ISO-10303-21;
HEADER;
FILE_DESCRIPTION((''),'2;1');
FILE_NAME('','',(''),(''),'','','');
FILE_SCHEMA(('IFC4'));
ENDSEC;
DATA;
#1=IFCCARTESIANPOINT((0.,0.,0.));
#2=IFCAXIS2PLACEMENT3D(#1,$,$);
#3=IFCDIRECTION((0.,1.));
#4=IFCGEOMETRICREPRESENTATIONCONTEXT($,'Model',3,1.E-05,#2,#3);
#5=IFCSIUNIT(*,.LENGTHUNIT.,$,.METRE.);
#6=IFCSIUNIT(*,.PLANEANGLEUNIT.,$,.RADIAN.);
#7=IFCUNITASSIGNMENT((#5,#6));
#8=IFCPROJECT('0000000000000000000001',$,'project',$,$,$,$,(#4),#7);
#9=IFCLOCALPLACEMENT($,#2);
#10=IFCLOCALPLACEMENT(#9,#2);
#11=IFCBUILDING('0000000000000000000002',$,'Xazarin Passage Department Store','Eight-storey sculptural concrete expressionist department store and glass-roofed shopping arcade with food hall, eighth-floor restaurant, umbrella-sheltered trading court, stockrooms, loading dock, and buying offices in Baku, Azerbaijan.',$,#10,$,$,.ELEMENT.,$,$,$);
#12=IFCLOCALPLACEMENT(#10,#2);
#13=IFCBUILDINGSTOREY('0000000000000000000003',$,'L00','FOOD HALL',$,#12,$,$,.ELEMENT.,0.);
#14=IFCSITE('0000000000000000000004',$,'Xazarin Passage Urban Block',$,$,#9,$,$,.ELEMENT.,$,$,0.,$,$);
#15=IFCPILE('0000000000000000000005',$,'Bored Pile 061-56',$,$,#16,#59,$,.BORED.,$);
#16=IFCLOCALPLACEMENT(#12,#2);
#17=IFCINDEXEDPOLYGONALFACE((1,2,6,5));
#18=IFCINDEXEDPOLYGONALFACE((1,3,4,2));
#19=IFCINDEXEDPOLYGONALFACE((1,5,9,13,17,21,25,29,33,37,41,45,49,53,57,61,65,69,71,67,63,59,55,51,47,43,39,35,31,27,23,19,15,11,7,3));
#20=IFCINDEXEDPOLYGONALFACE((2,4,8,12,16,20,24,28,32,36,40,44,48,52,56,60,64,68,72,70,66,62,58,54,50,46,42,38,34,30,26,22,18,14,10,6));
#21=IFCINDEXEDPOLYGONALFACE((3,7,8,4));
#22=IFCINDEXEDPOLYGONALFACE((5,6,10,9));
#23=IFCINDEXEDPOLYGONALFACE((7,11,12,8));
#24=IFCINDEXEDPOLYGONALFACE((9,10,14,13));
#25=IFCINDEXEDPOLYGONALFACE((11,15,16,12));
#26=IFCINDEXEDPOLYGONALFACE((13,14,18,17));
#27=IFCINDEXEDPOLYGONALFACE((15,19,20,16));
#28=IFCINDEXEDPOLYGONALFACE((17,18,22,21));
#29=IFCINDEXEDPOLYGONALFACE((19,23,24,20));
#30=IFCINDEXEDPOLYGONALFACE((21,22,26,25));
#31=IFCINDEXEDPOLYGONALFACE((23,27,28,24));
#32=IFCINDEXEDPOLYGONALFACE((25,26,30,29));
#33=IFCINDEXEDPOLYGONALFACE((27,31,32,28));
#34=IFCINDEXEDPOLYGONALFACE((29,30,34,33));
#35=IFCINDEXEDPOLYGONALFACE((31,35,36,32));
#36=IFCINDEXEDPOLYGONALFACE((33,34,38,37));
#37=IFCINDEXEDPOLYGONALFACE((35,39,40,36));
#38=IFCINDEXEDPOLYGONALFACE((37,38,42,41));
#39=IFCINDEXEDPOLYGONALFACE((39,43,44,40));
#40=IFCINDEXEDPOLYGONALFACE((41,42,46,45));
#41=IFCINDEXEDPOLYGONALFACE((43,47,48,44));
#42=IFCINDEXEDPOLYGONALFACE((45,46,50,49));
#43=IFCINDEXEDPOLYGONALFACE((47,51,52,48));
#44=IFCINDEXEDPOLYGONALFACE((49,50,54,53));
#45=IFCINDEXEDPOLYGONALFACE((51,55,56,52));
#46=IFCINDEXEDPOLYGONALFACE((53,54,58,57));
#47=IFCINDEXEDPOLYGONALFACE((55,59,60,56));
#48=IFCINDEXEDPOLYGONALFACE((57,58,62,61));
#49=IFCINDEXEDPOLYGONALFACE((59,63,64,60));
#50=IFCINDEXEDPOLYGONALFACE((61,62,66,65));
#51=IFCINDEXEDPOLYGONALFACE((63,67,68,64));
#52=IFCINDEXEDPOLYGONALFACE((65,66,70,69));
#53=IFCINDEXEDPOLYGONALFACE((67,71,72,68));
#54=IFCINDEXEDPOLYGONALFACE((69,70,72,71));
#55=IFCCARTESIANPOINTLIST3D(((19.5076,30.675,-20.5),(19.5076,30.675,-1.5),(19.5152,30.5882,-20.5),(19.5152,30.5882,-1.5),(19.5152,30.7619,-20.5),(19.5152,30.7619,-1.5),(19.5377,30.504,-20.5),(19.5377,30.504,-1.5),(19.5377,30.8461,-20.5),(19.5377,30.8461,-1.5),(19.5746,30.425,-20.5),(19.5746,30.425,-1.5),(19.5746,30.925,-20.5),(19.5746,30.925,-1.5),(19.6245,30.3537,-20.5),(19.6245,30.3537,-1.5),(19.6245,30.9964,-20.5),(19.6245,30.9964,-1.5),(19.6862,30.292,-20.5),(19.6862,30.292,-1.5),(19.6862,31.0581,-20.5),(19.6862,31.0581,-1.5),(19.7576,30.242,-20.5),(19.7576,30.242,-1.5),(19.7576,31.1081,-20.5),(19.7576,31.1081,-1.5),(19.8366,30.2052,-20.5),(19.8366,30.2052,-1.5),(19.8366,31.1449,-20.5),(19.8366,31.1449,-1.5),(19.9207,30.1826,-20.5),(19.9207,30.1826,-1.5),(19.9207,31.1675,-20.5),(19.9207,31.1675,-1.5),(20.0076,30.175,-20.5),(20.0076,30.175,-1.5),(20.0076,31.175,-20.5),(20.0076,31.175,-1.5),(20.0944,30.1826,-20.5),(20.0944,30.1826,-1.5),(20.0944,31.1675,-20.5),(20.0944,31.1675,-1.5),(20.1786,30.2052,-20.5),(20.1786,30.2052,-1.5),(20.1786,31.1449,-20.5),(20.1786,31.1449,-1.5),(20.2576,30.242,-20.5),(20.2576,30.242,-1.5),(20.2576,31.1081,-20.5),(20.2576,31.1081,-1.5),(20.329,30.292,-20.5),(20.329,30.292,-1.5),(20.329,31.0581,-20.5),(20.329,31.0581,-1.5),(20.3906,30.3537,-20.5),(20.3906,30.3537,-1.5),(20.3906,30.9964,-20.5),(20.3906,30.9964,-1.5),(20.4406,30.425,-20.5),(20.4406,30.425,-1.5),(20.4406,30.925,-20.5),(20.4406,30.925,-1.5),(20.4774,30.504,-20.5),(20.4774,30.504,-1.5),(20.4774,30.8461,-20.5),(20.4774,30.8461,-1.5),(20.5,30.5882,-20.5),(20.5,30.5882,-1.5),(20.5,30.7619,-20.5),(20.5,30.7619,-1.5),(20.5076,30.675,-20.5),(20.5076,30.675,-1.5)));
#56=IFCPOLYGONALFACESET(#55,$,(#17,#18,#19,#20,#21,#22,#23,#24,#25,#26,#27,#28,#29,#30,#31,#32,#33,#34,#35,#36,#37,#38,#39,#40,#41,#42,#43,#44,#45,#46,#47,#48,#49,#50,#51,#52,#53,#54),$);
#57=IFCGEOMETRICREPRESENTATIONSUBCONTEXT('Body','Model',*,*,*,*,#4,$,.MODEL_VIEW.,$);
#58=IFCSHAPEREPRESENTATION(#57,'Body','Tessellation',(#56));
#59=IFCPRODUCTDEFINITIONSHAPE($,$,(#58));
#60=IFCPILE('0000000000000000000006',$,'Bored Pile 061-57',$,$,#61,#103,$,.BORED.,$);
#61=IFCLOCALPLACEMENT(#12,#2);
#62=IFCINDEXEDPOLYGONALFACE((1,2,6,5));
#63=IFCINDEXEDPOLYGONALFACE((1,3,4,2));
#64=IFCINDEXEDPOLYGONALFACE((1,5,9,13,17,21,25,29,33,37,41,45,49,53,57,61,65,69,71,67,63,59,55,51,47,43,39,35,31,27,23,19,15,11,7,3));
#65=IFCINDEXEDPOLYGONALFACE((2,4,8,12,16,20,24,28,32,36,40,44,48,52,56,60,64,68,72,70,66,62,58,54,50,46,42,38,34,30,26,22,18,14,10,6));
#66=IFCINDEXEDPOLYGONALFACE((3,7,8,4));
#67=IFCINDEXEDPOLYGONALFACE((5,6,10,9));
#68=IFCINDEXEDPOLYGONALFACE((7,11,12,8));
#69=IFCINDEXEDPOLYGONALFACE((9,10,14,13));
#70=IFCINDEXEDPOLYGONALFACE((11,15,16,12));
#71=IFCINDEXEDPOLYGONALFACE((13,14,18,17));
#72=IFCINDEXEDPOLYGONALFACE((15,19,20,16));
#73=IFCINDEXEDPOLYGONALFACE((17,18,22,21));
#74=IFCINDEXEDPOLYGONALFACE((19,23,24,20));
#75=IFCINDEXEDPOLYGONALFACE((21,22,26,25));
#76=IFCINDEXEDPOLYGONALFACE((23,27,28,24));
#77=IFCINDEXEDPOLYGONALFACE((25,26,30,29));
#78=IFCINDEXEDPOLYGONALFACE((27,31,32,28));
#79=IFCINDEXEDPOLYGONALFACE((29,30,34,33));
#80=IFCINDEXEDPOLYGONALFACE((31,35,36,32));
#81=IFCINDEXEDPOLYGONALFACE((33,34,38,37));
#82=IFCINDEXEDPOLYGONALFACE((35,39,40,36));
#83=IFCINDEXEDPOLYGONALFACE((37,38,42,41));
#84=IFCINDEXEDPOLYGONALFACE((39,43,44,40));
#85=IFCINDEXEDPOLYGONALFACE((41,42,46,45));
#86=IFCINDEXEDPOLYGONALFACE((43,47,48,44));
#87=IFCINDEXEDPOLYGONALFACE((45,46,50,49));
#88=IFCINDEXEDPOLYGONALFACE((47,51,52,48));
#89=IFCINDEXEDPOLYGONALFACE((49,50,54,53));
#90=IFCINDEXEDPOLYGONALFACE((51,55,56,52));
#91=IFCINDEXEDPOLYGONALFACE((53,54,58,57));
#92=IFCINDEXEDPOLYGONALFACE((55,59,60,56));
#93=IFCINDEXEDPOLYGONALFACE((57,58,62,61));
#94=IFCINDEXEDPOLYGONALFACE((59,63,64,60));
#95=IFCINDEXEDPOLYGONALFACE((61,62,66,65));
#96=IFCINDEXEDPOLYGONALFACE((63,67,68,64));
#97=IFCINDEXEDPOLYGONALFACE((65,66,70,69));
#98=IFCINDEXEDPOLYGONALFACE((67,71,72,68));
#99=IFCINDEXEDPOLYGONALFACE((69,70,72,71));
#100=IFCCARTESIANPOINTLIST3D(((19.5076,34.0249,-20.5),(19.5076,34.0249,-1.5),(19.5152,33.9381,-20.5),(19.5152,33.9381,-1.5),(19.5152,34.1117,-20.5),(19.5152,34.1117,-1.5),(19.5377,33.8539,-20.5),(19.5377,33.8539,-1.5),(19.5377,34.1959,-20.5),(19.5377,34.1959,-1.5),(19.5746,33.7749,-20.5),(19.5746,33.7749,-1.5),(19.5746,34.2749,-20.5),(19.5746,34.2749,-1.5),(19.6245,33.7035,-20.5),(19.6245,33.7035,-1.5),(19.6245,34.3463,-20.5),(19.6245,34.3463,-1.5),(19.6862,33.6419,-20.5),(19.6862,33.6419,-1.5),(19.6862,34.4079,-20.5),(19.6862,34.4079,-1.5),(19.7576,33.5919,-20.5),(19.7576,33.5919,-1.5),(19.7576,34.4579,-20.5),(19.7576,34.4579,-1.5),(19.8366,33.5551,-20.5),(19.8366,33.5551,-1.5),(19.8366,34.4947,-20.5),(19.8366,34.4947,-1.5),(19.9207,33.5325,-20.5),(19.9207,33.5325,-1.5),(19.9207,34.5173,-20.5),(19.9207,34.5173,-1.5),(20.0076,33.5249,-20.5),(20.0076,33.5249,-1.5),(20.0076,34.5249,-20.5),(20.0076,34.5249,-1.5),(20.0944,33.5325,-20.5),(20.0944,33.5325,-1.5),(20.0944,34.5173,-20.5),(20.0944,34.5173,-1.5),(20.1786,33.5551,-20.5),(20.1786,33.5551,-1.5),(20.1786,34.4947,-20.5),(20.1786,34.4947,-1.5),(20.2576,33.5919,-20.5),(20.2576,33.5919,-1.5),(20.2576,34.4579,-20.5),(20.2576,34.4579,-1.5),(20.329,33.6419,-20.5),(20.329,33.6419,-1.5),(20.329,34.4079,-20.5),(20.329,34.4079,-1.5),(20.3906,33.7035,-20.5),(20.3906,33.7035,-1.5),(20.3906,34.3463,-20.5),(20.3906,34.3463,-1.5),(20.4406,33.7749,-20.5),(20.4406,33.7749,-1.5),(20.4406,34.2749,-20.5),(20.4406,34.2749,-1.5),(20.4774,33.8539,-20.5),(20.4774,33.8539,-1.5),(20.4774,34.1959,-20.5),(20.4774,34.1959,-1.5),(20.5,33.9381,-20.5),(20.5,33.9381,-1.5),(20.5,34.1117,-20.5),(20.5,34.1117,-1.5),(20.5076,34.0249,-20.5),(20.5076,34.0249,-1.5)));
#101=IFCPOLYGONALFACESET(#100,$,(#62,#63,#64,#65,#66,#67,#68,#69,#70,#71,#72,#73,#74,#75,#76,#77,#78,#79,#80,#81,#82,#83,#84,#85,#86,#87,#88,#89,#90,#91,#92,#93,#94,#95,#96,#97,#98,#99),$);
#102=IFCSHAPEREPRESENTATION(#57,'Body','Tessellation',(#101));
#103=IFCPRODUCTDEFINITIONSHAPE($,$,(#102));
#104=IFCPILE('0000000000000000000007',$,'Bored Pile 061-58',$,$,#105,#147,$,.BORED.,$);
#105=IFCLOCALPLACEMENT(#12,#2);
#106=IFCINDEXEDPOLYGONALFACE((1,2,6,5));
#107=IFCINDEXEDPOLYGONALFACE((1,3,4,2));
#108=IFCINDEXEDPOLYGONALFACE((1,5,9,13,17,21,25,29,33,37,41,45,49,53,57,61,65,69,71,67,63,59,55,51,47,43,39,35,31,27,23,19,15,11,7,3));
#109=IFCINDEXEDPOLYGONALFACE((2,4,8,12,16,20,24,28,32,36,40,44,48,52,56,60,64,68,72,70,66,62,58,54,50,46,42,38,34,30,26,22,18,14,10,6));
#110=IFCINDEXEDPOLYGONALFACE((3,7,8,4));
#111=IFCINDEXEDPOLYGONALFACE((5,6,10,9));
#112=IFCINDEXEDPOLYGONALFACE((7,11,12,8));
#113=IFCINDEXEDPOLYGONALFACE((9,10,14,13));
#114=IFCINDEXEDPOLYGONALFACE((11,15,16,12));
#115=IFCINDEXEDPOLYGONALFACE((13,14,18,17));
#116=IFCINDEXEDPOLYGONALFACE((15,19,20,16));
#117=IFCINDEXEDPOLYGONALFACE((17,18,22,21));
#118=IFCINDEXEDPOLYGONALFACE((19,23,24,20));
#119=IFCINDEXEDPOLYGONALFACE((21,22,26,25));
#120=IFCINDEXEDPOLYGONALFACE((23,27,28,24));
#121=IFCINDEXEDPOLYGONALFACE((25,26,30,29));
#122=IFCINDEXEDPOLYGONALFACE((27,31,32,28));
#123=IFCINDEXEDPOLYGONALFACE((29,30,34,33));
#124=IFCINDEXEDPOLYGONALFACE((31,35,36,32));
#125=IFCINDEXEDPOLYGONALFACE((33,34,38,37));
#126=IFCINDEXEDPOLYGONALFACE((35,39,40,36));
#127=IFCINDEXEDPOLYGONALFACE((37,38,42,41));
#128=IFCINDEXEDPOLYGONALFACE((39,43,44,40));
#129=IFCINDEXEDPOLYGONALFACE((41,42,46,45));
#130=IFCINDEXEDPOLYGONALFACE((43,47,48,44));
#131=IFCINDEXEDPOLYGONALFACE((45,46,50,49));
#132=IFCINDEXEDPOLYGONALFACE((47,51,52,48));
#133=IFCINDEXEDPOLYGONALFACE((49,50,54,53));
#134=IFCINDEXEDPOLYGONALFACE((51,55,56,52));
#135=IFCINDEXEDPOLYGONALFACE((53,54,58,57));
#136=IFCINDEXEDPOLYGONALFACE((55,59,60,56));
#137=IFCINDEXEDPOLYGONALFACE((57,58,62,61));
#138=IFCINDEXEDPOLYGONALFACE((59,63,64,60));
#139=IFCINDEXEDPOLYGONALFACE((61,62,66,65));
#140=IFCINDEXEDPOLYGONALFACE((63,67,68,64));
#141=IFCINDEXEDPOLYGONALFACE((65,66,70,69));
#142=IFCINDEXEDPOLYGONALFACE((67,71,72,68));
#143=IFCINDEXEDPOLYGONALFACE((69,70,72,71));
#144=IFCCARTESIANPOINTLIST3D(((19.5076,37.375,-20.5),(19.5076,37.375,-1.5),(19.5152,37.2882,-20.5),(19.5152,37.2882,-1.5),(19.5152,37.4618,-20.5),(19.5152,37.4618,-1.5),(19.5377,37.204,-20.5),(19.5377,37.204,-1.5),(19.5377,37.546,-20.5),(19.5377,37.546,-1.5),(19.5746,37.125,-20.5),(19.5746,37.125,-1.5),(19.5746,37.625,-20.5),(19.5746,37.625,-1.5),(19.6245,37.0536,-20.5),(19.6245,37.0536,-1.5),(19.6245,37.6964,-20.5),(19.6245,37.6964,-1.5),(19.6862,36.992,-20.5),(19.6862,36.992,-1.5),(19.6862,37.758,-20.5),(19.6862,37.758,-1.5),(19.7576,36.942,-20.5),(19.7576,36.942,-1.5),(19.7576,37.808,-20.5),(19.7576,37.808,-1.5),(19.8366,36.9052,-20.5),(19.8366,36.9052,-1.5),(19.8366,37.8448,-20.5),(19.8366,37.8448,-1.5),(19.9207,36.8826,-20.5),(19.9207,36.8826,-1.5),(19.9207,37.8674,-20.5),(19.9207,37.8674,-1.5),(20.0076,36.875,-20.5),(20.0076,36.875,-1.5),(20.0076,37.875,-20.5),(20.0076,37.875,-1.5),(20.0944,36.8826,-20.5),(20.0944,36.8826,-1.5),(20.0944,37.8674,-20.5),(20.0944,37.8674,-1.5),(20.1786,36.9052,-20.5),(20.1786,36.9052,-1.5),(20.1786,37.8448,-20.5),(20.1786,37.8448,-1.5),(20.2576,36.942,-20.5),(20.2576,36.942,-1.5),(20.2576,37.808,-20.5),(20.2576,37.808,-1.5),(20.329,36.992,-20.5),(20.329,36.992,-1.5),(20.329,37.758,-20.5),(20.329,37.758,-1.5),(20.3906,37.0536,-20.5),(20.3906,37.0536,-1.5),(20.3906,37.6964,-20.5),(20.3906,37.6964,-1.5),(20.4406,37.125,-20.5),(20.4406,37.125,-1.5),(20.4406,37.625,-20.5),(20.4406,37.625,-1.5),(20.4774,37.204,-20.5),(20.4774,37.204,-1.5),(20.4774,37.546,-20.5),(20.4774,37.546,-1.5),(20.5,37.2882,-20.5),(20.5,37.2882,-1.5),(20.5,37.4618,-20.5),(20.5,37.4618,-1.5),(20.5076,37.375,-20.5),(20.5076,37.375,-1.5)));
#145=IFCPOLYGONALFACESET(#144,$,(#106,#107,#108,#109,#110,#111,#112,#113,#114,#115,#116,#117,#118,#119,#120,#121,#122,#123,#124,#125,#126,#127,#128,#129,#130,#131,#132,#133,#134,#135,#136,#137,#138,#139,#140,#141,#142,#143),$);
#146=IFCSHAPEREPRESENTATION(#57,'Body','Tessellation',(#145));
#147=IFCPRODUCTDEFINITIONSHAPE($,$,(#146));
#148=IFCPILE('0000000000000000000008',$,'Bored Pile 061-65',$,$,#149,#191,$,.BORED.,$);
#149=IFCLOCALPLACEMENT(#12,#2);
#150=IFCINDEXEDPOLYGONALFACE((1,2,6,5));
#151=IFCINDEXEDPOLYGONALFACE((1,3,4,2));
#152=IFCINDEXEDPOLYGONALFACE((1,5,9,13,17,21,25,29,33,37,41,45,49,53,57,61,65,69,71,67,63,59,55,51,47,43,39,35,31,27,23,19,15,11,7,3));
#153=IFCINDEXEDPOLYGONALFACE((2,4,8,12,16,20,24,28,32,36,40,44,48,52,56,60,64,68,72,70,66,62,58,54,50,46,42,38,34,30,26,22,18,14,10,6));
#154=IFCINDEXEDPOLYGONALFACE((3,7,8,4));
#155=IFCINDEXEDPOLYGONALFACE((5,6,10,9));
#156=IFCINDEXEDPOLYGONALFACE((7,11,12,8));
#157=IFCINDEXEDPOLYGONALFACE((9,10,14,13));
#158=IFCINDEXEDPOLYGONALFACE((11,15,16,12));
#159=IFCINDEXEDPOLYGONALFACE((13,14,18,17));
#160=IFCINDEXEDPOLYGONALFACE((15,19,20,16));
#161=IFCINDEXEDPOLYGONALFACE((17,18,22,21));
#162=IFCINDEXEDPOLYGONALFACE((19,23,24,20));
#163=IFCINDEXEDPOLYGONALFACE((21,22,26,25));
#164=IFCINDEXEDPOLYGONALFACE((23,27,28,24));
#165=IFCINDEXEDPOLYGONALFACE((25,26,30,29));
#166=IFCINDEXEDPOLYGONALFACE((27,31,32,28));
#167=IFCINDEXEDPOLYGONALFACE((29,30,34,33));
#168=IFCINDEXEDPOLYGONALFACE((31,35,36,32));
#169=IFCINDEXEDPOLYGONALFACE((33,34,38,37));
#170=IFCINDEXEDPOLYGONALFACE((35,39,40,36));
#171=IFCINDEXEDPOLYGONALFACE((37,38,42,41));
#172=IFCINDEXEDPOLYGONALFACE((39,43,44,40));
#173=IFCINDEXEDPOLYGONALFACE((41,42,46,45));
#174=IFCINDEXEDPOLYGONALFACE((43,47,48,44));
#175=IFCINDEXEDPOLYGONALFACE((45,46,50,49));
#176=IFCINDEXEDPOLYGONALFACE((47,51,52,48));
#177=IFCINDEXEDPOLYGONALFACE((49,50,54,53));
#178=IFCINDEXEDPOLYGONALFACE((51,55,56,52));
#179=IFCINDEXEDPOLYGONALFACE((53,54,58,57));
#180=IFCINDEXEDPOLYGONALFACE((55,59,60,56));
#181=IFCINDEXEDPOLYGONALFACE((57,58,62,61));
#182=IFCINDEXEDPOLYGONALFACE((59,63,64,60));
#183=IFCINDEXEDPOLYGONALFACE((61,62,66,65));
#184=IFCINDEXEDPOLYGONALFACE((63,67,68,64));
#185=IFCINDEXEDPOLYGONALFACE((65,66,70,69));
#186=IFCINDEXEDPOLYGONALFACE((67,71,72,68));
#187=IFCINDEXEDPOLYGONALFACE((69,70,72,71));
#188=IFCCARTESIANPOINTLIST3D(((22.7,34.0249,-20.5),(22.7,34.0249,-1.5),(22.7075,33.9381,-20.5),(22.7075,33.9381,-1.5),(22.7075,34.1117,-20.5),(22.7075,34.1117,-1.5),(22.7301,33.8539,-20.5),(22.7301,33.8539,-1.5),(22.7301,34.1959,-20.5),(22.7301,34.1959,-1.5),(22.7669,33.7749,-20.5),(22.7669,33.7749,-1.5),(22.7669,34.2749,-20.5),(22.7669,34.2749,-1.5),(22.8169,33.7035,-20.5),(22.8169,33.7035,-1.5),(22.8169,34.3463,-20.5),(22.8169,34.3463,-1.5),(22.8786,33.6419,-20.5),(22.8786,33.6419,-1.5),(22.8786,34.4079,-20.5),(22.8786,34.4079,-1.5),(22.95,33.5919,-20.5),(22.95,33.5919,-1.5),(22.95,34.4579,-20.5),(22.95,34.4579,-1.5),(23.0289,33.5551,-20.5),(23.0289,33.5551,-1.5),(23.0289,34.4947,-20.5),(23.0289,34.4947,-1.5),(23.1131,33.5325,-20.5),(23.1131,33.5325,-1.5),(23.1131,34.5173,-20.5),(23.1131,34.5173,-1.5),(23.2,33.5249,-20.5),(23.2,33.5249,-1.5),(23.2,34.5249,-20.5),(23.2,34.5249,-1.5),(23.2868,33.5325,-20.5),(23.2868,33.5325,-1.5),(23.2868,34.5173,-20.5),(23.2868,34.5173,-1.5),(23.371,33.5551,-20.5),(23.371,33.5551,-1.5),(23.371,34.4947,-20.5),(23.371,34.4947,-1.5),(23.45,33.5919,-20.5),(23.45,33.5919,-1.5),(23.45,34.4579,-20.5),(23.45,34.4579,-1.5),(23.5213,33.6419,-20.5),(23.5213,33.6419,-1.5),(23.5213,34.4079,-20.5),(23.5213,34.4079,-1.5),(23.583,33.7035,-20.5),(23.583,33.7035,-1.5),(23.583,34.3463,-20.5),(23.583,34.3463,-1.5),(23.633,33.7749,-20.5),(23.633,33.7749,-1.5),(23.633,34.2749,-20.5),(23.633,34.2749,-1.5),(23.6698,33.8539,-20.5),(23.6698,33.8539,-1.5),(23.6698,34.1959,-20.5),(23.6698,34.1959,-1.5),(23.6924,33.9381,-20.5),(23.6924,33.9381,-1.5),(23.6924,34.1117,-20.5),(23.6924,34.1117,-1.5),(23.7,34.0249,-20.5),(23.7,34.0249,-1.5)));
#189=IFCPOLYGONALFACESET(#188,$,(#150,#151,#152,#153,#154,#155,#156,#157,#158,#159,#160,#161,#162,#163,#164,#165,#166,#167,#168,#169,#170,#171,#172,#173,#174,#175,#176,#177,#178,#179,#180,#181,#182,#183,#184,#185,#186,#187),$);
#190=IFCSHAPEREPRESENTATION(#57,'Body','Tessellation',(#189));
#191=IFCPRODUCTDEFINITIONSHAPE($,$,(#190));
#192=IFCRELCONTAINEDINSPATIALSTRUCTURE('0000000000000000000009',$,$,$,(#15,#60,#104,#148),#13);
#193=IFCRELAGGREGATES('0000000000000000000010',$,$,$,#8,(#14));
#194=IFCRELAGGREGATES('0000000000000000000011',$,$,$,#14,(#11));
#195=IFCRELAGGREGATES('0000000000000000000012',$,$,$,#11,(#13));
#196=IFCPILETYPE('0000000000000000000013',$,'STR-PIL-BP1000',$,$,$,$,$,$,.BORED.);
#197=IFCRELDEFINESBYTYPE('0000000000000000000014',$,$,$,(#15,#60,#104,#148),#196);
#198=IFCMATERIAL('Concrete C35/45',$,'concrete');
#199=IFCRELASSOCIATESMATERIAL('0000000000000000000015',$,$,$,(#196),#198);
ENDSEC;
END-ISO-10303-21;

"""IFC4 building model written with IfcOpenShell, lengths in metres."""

from ifc_helpers import new_model, si_unit, direction, frame, origin, origin_2d, place, context, subcontext, project, spatial, circle, extrude, material, material_profile, profile_set, type_object, element, save


model = new_model("IFC4")

# Units and contexts
model_context = context("Model", 3, precision=1e-05, world=origin(), true_north=direction((0.0, 1.0)))
body_context = subcontext(model_context, "Body", "Model", "MODEL_VIEW")
ifc_project = project(units=[si_unit("LENGTHUNIT", "METRE"), si_unit("PLANEANGLEUNIT", "RADIAN")], contexts=[model_context])

# Site, building, storey
site_placement = place(None, origin())
site = spatial("IfcSite", under=ifc_project, at=site_placement, Name="Xazarin Passage Urban Block", CompositionType="ELEMENT", RefElevation=0.0)
building_placement = place(site_placement, origin())
building = spatial("IfcBuilding", under=site, at=building_placement, Name="Xazarin Passage Department Store", Description="Eight-storey sculptural concrete expressionist department store and glass-roofed shopping arcade with food hall, eighth-floor restaurant, umbrella-sheltered trading court, stockrooms, loading dock, and buying offices in Baku, Azerbaijan.", CompositionType="ELEMENT")
storey_placement = place(building_placement, origin())
storey = spatial("IfcBuildingStorey", under=building, at=storey_placement, Name="L00", Description="FOOD HALL", CompositionType="ELEMENT", Elevation=0.0)

# Shared definitions
ifc_material_1 = material(Name="Concrete C35/45", Category="concrete")

# Piles
ifc_material_profile_1 = material_profile(ifc_material_1, circle(Radius=0.5, at=origin_2d()), Name="BP 1000")
ifc_profile_set_1 = profile_set([ifc_material_profile_1], Name="Concrete C35/45")
pile_type_1 = type_object("IfcPileType", Name="STR-PIL-BP1000", PredefinedType="BORED", material=ifc_profile_set_1)
for number, where, z_axis, x_axis, name in (
    (1, (20.0076, 30.675, -1.5), (0.0, 0.0, -1.0), (1.0, 0.0, 0.0), "Bored Pile 061-56"),
    (2, (20.0076, 34.0249, -1.5), (0.0, 0.0, -1.0), (1.0, 0.0, 0.0), "Bored Pile 061-57"),
    (3, (20.0076, 37.375, -1.5), (0.0, 0.0, -1.0), (1.0, 0.0, 0.0), "Bored Pile 061-58"),
    (4, (23.2, 34.0249, -1.5), (0.0, 0.0, -1.0), (1.0, 0.0, 0.0), "Bored Pile 061-65"),
):
    element("IfcPile", number, at=place(storey_placement, frame(where, z_axis=z_axis, x_axis=x_axis)), inside=storey, type_object=pile_type_1, Name=name, PredefinedType="BORED", context=body_context, shape_type="SweptSolid", body=[
        extrude(circle(Radius=0.5, at=origin_2d()), origin(), (0.0, 0.0, 1.0), 19.0),
    ])

save(model, "model.ifc")
